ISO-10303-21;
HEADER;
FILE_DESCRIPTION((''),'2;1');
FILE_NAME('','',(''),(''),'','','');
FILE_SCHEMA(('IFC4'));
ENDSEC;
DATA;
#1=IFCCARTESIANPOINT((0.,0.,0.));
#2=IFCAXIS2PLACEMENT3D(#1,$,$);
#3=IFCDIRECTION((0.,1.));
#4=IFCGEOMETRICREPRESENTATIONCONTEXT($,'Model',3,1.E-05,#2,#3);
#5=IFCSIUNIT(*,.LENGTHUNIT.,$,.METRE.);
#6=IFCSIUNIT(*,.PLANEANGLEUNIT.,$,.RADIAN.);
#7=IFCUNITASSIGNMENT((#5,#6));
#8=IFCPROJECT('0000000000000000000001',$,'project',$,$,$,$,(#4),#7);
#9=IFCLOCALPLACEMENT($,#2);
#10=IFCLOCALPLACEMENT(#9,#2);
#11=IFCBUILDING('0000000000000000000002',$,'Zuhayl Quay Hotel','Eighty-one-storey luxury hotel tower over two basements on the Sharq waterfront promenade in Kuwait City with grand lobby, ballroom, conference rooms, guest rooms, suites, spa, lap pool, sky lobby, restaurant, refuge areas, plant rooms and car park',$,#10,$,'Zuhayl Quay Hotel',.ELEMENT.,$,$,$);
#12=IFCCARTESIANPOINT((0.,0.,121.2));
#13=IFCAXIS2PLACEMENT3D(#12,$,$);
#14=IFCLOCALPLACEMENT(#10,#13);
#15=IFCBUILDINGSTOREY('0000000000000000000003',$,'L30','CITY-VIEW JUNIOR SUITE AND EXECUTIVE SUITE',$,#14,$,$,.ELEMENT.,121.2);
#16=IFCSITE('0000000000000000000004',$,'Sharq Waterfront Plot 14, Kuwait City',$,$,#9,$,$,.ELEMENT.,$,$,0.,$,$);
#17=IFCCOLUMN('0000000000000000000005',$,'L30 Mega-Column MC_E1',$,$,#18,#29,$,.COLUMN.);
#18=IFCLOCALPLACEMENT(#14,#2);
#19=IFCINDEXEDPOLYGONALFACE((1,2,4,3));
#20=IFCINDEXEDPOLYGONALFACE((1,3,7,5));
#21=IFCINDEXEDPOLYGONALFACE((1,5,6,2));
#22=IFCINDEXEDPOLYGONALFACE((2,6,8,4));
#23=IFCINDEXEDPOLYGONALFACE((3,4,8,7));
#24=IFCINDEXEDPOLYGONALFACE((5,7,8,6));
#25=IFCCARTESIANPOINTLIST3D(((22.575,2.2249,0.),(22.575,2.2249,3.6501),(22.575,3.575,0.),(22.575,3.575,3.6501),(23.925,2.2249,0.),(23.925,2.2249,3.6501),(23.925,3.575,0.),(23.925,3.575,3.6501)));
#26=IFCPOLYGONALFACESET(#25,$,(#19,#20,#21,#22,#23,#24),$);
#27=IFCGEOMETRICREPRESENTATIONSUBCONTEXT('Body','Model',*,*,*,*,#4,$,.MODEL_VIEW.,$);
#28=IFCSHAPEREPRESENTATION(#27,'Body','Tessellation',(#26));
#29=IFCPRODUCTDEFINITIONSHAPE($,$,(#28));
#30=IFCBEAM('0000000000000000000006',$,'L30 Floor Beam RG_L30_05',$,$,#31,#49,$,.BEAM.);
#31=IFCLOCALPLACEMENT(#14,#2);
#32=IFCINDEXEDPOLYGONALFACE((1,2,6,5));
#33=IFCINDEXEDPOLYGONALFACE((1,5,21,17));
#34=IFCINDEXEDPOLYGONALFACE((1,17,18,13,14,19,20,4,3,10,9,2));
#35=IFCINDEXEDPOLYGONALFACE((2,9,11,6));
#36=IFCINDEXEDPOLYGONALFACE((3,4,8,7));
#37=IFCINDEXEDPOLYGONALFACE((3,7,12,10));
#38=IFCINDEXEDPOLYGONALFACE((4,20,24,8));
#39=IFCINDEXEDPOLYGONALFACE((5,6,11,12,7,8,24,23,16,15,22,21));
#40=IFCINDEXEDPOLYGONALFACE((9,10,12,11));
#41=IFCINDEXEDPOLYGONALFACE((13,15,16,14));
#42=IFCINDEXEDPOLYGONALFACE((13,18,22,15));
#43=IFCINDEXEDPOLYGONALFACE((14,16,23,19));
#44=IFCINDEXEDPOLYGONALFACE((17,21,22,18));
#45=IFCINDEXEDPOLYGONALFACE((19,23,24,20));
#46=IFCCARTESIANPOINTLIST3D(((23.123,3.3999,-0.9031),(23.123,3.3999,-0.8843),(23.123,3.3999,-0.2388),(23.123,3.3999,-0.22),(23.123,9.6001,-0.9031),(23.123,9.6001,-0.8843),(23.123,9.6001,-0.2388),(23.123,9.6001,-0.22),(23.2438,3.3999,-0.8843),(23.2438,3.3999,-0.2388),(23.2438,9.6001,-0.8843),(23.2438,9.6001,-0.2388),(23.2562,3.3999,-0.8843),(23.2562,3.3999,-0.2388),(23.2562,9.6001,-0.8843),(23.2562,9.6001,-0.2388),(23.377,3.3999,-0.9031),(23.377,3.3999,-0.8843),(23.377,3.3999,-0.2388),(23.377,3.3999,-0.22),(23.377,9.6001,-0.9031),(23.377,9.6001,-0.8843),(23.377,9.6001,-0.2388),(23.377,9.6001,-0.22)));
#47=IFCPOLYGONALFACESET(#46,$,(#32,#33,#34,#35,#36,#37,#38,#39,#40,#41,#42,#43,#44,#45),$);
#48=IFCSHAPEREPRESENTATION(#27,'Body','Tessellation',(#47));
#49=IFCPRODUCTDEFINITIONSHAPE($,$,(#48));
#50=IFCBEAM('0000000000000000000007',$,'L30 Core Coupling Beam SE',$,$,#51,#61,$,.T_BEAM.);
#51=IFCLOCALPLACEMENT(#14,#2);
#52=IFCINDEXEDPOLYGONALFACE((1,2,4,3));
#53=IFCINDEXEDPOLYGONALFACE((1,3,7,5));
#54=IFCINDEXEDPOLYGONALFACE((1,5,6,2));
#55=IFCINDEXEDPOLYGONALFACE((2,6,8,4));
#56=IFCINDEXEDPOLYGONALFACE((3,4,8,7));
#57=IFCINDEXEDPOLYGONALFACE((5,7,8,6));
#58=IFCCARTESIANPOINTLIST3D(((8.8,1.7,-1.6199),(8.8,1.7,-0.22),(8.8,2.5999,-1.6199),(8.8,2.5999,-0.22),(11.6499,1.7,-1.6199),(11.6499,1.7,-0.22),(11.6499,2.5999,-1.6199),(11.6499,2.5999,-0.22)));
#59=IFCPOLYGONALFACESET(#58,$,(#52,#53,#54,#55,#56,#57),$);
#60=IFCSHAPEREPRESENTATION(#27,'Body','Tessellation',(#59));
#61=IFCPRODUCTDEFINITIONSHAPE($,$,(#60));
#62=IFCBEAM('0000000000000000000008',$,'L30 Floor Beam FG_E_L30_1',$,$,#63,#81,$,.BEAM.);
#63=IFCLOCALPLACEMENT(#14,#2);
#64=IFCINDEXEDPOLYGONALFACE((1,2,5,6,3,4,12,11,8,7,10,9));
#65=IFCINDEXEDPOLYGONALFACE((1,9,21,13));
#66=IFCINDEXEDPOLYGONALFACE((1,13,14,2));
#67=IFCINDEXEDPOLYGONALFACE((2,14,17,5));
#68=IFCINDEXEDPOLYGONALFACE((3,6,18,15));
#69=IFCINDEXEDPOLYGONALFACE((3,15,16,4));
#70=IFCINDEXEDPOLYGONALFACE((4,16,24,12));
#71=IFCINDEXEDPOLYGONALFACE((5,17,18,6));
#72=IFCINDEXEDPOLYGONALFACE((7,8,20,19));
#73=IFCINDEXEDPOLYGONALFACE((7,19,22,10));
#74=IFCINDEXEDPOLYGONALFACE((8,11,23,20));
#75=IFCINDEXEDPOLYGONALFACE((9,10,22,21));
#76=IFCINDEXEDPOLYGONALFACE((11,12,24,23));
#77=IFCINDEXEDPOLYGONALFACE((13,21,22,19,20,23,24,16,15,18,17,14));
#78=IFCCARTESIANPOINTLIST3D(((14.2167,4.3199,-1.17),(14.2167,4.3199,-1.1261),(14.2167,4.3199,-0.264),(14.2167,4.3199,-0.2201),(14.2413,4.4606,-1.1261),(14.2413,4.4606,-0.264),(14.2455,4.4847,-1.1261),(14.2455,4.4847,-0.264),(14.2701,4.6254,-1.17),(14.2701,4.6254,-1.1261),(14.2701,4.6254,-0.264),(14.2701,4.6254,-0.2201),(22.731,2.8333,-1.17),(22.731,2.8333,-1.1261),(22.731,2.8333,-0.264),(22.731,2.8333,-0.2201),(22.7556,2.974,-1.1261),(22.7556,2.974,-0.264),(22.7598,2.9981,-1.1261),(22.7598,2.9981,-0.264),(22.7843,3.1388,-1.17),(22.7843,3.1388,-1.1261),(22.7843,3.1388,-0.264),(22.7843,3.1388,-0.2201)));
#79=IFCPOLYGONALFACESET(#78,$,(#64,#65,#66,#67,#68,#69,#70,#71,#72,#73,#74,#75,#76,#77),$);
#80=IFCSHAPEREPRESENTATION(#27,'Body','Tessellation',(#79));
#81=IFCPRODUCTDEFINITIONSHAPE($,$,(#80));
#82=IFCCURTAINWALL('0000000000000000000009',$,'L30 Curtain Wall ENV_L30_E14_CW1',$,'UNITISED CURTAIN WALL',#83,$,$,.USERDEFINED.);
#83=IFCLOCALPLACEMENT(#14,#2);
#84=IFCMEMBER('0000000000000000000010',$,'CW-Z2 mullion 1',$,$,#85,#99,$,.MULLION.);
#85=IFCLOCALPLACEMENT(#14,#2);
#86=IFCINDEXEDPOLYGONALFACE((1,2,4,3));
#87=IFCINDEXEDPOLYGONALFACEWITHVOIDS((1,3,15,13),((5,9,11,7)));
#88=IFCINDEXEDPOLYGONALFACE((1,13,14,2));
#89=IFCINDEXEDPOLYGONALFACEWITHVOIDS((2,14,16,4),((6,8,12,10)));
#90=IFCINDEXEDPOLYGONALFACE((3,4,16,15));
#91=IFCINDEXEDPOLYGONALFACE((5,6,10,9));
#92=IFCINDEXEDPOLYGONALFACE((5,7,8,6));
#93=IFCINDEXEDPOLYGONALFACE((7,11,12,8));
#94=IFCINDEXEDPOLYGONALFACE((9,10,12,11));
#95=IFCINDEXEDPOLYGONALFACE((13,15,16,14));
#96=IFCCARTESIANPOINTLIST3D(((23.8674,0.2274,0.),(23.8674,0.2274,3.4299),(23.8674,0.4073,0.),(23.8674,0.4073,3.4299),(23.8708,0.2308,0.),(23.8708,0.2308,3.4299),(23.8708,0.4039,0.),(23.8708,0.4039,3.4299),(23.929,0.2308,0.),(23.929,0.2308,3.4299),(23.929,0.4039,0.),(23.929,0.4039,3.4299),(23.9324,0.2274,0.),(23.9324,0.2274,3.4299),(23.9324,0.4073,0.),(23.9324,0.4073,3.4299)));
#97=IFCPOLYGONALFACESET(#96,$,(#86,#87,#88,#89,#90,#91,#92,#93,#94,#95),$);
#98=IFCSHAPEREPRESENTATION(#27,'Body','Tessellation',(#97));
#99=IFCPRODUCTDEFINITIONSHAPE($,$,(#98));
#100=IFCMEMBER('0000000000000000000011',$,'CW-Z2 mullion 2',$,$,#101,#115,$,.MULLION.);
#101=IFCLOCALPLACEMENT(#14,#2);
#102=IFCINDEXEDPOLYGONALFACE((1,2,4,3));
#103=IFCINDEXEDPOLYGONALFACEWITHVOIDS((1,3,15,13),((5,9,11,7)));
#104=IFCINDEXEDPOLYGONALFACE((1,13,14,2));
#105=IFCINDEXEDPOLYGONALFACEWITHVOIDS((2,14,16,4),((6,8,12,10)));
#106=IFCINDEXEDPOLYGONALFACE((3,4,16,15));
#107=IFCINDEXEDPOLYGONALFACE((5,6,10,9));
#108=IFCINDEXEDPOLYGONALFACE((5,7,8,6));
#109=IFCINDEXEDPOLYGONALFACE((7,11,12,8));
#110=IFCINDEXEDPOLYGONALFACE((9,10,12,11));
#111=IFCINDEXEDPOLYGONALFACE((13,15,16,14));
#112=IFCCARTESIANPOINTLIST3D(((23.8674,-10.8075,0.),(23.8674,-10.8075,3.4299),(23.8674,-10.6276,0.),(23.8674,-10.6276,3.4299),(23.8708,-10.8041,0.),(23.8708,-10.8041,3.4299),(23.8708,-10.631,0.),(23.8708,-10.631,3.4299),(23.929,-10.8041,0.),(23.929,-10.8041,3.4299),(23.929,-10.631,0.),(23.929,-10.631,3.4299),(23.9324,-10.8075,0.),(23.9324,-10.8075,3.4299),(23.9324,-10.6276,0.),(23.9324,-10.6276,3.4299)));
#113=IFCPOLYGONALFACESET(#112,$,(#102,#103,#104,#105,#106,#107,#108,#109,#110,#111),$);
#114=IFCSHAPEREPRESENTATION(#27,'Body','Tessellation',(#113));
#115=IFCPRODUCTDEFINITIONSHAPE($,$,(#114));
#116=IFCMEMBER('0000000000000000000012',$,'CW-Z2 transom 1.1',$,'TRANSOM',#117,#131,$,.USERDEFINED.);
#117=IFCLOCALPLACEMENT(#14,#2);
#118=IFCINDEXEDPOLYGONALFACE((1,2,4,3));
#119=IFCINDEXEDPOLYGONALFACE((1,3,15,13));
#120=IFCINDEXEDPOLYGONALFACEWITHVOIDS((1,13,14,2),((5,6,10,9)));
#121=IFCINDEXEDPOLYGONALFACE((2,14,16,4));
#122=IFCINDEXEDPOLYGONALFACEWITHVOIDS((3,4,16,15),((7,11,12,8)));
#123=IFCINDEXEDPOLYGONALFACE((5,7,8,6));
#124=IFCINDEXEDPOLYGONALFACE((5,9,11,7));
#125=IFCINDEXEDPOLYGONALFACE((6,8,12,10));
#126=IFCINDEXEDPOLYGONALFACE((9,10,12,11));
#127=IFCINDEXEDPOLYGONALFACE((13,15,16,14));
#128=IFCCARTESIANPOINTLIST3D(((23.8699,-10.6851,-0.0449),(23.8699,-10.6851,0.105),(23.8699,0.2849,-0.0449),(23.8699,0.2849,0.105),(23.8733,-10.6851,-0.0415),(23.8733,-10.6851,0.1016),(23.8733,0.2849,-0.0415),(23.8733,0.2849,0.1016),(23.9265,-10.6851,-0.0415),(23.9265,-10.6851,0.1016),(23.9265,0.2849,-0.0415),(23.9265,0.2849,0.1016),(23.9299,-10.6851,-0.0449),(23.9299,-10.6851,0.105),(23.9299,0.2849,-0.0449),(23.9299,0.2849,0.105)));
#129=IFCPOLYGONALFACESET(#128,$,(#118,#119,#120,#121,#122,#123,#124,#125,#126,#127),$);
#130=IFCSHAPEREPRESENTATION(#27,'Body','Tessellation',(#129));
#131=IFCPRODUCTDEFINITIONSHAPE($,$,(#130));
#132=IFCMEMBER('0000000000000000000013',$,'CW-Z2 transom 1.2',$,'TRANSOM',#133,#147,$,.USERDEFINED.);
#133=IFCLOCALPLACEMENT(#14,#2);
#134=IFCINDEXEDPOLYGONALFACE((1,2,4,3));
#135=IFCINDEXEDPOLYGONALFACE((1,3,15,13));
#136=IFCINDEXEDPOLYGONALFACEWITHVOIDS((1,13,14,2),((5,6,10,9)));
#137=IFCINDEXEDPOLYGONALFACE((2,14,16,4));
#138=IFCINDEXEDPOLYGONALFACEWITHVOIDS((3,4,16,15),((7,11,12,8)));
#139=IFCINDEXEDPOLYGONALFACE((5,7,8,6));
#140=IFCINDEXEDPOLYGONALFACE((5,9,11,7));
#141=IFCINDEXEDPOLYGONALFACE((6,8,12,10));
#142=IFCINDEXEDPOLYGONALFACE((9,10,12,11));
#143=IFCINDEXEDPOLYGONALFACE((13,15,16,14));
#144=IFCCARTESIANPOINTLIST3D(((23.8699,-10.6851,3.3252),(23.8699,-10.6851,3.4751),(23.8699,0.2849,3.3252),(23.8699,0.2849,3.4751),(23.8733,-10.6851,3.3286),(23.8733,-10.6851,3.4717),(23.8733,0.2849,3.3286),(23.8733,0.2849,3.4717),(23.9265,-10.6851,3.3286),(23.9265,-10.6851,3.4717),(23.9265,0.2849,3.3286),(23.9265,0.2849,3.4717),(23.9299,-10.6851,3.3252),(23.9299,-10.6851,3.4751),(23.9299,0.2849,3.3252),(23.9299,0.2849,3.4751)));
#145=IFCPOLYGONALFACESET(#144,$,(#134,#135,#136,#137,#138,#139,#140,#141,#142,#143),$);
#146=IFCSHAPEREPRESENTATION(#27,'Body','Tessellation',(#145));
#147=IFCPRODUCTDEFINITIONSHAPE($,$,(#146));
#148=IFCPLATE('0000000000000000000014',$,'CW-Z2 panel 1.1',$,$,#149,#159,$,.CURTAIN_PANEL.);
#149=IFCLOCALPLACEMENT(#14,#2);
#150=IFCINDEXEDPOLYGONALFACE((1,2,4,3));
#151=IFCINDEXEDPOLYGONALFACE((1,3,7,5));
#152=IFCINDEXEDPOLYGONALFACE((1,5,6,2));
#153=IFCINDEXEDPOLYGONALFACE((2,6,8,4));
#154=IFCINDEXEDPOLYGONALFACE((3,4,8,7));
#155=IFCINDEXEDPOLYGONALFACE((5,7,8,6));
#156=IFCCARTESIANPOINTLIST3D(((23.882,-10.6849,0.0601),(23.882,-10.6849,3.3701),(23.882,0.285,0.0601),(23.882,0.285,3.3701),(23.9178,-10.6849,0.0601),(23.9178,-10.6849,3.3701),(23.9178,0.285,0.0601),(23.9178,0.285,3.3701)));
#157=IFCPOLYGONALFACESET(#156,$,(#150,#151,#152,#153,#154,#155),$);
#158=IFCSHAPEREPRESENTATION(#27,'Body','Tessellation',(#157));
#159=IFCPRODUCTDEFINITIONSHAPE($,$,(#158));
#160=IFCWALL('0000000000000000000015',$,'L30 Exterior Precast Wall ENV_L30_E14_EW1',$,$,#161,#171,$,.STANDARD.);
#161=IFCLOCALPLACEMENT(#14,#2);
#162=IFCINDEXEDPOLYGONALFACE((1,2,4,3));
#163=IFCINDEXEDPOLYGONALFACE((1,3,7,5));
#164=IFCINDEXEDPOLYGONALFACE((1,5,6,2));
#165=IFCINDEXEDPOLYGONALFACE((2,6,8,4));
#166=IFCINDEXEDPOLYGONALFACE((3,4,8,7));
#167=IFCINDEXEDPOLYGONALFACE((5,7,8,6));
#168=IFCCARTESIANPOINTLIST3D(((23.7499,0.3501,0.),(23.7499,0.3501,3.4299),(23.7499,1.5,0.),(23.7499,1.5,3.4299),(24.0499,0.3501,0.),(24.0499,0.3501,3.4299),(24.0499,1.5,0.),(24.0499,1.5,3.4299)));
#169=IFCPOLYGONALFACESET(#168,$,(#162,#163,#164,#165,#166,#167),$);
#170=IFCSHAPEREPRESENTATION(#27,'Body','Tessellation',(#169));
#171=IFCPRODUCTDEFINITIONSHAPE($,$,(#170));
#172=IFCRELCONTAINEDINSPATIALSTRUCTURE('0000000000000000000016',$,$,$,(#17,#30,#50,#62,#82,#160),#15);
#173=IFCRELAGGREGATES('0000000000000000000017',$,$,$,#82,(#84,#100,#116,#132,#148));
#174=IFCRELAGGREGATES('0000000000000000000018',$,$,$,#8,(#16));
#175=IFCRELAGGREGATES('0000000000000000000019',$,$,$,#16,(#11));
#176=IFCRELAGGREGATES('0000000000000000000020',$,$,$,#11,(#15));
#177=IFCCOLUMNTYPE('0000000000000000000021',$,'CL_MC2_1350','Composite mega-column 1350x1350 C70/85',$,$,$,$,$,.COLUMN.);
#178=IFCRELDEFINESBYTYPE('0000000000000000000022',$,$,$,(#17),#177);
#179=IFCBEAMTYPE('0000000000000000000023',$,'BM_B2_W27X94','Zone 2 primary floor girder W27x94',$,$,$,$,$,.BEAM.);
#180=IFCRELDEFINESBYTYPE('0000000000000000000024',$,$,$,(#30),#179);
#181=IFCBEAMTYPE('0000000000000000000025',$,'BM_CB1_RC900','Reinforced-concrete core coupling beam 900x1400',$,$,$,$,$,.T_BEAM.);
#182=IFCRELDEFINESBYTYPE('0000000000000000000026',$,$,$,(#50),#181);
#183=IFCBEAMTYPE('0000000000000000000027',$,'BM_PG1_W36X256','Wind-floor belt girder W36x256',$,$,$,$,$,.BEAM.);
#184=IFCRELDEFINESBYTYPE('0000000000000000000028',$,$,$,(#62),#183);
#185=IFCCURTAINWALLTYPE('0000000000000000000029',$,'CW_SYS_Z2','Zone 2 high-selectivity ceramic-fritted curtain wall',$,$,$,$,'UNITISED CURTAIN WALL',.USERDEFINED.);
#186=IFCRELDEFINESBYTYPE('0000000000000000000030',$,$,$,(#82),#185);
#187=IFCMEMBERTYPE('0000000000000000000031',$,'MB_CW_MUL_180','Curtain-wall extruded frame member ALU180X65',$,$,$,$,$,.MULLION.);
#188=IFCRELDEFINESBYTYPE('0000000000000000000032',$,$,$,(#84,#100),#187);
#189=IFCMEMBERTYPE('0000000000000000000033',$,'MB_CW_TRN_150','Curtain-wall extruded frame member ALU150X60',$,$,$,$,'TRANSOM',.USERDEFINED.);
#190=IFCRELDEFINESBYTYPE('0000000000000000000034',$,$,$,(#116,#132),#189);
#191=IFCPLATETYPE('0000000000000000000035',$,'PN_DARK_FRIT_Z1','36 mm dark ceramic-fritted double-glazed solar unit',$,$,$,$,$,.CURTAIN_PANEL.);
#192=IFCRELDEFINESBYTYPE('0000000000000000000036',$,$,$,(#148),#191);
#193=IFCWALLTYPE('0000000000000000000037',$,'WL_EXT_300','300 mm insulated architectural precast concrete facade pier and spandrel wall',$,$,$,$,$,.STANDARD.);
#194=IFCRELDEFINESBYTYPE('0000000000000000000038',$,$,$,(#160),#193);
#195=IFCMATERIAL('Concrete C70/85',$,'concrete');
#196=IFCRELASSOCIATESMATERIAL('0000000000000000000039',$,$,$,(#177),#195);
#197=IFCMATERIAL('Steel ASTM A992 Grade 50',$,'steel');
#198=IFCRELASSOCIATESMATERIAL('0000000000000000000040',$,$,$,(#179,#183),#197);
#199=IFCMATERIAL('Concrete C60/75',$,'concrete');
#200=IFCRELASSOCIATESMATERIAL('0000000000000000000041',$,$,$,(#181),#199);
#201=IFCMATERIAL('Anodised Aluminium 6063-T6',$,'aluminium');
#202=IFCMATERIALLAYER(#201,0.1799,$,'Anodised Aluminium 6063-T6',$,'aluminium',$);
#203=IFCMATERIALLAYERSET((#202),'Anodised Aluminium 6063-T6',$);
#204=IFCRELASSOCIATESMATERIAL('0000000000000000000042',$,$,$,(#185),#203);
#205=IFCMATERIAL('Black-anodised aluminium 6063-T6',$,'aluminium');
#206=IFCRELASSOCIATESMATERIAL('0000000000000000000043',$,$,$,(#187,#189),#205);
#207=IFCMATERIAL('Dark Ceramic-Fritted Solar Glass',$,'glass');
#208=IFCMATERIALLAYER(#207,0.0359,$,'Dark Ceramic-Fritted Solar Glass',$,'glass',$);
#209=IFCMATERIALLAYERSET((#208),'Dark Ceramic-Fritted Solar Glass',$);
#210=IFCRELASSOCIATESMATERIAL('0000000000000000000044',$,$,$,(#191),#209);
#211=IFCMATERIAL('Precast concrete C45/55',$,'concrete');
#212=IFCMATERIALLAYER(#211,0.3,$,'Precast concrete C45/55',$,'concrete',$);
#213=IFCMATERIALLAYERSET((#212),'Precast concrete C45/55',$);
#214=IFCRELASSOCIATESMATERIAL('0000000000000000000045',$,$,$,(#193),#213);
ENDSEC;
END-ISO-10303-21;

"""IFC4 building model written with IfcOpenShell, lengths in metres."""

from ifc_helpers import new_model, si_unit, direction, frame, frame_2d, origin, origin_2d, place, context, subcontext, project, spatial, rectangle, hollow_rectangle, i_section, extrude, material, layer, layer_set, material_profile, profile_set, type_object, element, aggregate, save


model = new_model("IFC4")

# Units and contexts
model_context = context("Model", 3, precision=1e-05, world=origin(), true_north=direction((0.0, 1.0)))
body_context = subcontext(model_context, "Body", "Model", "MODEL_VIEW")
ifc_project = project(units=[si_unit("LENGTHUNIT", "METRE"), si_unit("PLANEANGLEUNIT", "RADIAN")], contexts=[model_context])

# Site, building, storey
site_placement = place(None, origin())
site = spatial("IfcSite", under=ifc_project, at=site_placement, Name="Sharq Waterfront Plot 14, Kuwait City", CompositionType="ELEMENT", RefElevation=0.0)
building_placement = place(site_placement, origin())
building = spatial("IfcBuilding", under=site, at=building_placement, Name="Zuhayl Quay Hotel", Description="Eighty-one-storey luxury hotel tower over two basements on the Sharq waterfront promenade in Kuwait City with grand lobby, ballroom, conference rooms, guest rooms, suites, spa, lap pool, sky lobby, restaurant, refuge areas, plant rooms and car park", LongName="Zuhayl Quay Hotel", CompositionType="ELEMENT")
storey_placement = place(building_placement, frame((0.0, 0.0, 121.2)))
storey = spatial("IfcBuildingStorey", under=building, at=storey_placement, Name="L30", Description="CITY-VIEW JUNIOR SUITE AND EXECUTIVE SUITE", CompositionType="ELEMENT", Elevation=121.2)

# Column
ifc_material_1 = material(Name="Concrete C70/85", Category="concrete")
ifc_material_profile_1 = material_profile(ifc_material_1, rectangle(XDim=1.3501, YDim=1.3501, at=origin_2d()), Name="RC1350X1350")
ifc_profile_set_1 = profile_set([ifc_material_profile_1], Name="Concrete C70/85")
column_type = type_object("IfcColumnType", Name="CL_MC2_1350", Description="Composite mega-column 1350x1350 C70/85", PredefinedType="COLUMN", material=ifc_profile_set_1)
column_placement = place(storey_placement, frame((23.25, 2.8999, 0.0), z_axis=(0.0, 0.0, 1.0), x_axis=(1.0, 0.0, 0.0)))
element("IfcColumn", 1, at=column_placement, inside=storey, type_object=column_type, Name="L30 Mega-Column MC_E1", PredefinedType="COLUMN", context=body_context, shape_type="SweptSolid", body=[
    extrude(rectangle(XDim=1.3501, YDim=1.3501, at=origin_2d()), origin(), (0.0, 0.0, 1.0), 3.6501),
])

# Beams
ifc_material_2 = material(Name="Steel ASTM A992 Grade 50", Category="steel")
ifc_material_profile_2 = material_profile(ifc_material_2, i_section(OverallWidth=0.2539, OverallDepth=0.6831, WebThickness=0.0125, FlangeThickness=0.0188, at=origin_2d()), Name="W27X94")
ifc_profile_set_2 = profile_set([ifc_material_profile_2], Name="Steel ASTM A992 Grade 50")
beam_type_1 = type_object("IfcBeamType", Name="BM_B2_W27X94", Description="Zone 2 primary floor girder W27x94", PredefinedType="BEAM", material=ifc_profile_set_2)
beam_1_placement = place(storey_placement, frame((23.25, 3.3999, -0.5615), z_axis=(0.0, 1.0, 0.0), x_axis=(-1.0, 0.0, 0.0)))
element("IfcBeam", 2, at=beam_1_placement, inside=storey, type_object=beam_type_1, Name="L30 Floor Beam RG_L30_05", PredefinedType="BEAM", context=body_context, shape_type="SweptSolid", body=[
    extrude(i_section(OverallWidth=0.2539, OverallDepth=0.6831, WebThickness=0.0125, FlangeThickness=0.0188, at=origin_2d()), origin(), (0.0, 0.0, 1.0), 6.2002),
])
ifc_material_3 = material(Name="Concrete C60/75", Category="concrete")
ifc_material_profile_3 = material_profile(ifc_material_3, rectangle(XDim=0.8999, YDim=1.3999, at=origin_2d()), Name="RC900X1400")
ifc_profile_set_3 = profile_set([ifc_material_profile_3], Name="Concrete C60/75")
beam_type_2 = type_object("IfcBeamType", Name="BM_CB1_RC900", Description="Reinforced-concrete core coupling beam 900x1400", PredefinedType="T_BEAM", material=ifc_profile_set_3)
beam_2_placement = place(storey_placement, frame((8.8, 2.1499, -0.9199), z_axis=(1.0, 0.0, 0.0), x_axis=(0.0, 1.0, 0.0)))
element("IfcBeam", 3, at=beam_2_placement, inside=storey, type_object=beam_type_2, Name="L30 Core Coupling Beam SE", PredefinedType="T_BEAM", context=body_context, shape_type="SweptSolid", body=[
    extrude(rectangle(XDim=0.8999, YDim=1.3999, at=origin_2d()), origin(), (0.0, 0.0, 1.0), 2.8499),
])
ifc_material_profile_4 = material_profile(ifc_material_2, i_section(OverallWidth=0.3101, OverallDepth=0.95, WebThickness=0.0244, FlangeThickness=0.0439, at=origin_2d()), Name="W36X256")
ifc_profile_set_4 = profile_set([ifc_material_profile_4], Name="Steel ASTM A992 Grade 50")
beam_type_3 = type_object("IfcBeamType", Name="BM_PG1_W36X256", Description="Wind-floor belt girder W36x256", PredefinedType="BEAM", material=ifc_profile_set_4)
beam_3_placement = place(storey_placement, frame((14.2434, 4.4727, -0.6951), z_axis=(0.985097, -0.171998, 0.0), x_axis=(0.171998, 0.985097, 0.0)))
element("IfcBeam", 4, at=beam_3_placement, inside=storey, type_object=beam_type_3, Name="L30 Floor Beam FG_E_L30_1", PredefinedType="BEAM", context=body_context, shape_type="SweptSolid", body=[
    extrude(i_section(OverallWidth=0.3101, OverallDepth=0.95, WebThickness=0.0244, FlangeThickness=0.0439, at=origin_2d()), origin(), (0.0, 0.0, 1.0), 8.6431),
])

# Curtain wall, members, plate
ifc_material_4 = material(Name="Anodised Aluminium 6063-T6", Category="aluminium")
ifc_layer_1 = layer(ifc_material_4, 0.1799, Name="Anodised Aluminium 6063-T6", Category="aluminium")
ifc_layer_set_1 = layer_set([ifc_layer_1], Name="Anodised Aluminium 6063-T6")
curtain_wall_type = type_object("IfcCurtainWallType", Name="CW_SYS_Z2", Description="Zone 2 high-selectivity ceramic-fritted curtain wall", ElementType="UNITISED CURTAIN WALL", PredefinedType="USERDEFINED", material=ifc_layer_set_1)
curtain_wall_placement = place(storey_placement, origin())
curtain_wall = element("IfcCurtainWall", 5, at=curtain_wall_placement, inside=storey, type_object=curtain_wall_type, Name="L30 Curtain Wall ENV_L30_E14_CW1", ObjectType="UNITISED CURTAIN WALL", PredefinedType="USERDEFINED")
ifc_material_5 = material(Name="Black-anodised aluminium 6063-T6", Category="aluminium")
ifc_material_profile_5 = material_profile(ifc_material_5, hollow_rectangle(XDim=0.0649, YDim=0.1799, WallThickness=0.0034, at=origin_2d()), Name="ALU180X65")
ifc_profile_set_5 = profile_set([ifc_material_profile_5], Name="Black-anodised aluminium 6063-T6")
member_type_1 = type_object("IfcMemberType", Name="MB_CW_MUL_180", Description="Curtain-wall extruded frame member ALU180X65", PredefinedType="MULLION", material=ifc_profile_set_5)
member_1_placement = place(storey_placement, frame((23.8999, 0.3174, 0.0), z_axis=(0.0, 0.0, 1.0), x_axis=(1.0, 0.0, 0.0)))
member_1 = element("IfcMember", 6, at=member_1_placement, type_object=member_type_1, Name="CW-Z2 mullion 1", PredefinedType="MULLION", context=body_context, shape_type="SweptSolid", body=[
    extrude(hollow_rectangle(XDim=0.0649, YDim=0.1799, WallThickness=0.0034, at=origin_2d()), origin(), (0.0, 0.0, 1.0), 3.4299),
])
member_2_placement = place(storey_placement, frame((23.8999, -10.7175, 0.0), z_axis=(0.0, 0.0, 1.0), x_axis=(1.0, 0.0, 0.0)))
member_2 = element("IfcMember", 7, at=member_2_placement, type_object=member_type_1, Name="CW-Z2 mullion 2", PredefinedType="MULLION", context=body_context, shape_type="SweptSolid", body=[
    extrude(hollow_rectangle(XDim=0.0649, YDim=0.1799, WallThickness=0.0034, at=origin_2d()), origin(), (0.0, 0.0, 1.0), 3.4299),
])
ifc_material_profile_6 = material_profile(ifc_material_5, hollow_rectangle(XDim=0.0601, YDim=0.1499, WallThickness=0.0034, at=origin_2d()), Name="ALU150X60")
ifc_profile_set_6 = profile_set([ifc_material_profile_6], Name="Black-anodised aluminium 6063-T6")
member_type_2 = type_object("IfcMemberType", Name="MB_CW_TRN_150", Description="Curtain-wall extruded frame member ALU150X60", ElementType="TRANSOM", PredefinedType="USERDEFINED", material=ifc_profile_set_6)
member_3_placement = place(storey_placement, frame((23.8999, 0.2849, 0.03), z_axis=(0.0, -1.0, 0.0), x_axis=(1.0, 0.0, 0.0)))
member_3 = element("IfcMember", 8, at=member_3_placement, type_object=member_type_2, Name="CW-Z2 transom 1.1", ObjectType="TRANSOM", PredefinedType="USERDEFINED", context=body_context, shape_type="SweptSolid", body=[
    extrude(hollow_rectangle(XDim=0.0601, YDim=0.1499, WallThickness=0.0034, at=origin_2d()), origin(), (0.0, 0.0, 1.0), 10.97),
])
member_4_placement = place(storey_placement, frame((23.8999, 0.2849, 3.4001), z_axis=(0.0, -1.0, 0.0), x_axis=(1.0, 0.0, 0.0)))
member_4 = element("IfcMember", 9, at=member_4_placement, type_object=member_type_2, Name="CW-Z2 transom 1.2", ObjectType="TRANSOM", PredefinedType="USERDEFINED", context=body_context, shape_type="SweptSolid", body=[
    extrude(hollow_rectangle(XDim=0.0601, YDim=0.1499, WallThickness=0.0034, at=origin_2d()), origin(), (0.0, 0.0, 1.0), 10.97),
])
ifc_material_6 = material(Name="Dark Ceramic-Fritted Solar Glass", Category="glass")
ifc_layer_2 = layer(ifc_material_6, 0.0359, Name="Dark Ceramic-Fritted Solar Glass", Category="glass")
ifc_layer_set_2 = layer_set([ifc_layer_2], Name="Dark Ceramic-Fritted Solar Glass")
plate_type = type_object("IfcPlateType", Name="PN_DARK_FRIT_Z1", Description="36 mm dark ceramic-fritted double-glazed solar unit", PredefinedType="CURTAIN_PANEL", material=ifc_layer_set_2)
plate_placement = place(storey_placement, frame((23.8999, -5.2, 0.0601), z_axis=(0.0, 0.0, 1.0), x_axis=(0.0, -1.0, 0.0)))
plate = element("IfcPlate", 10, at=plate_placement, type_object=plate_type, Name="CW-Z2 panel 1.1", PredefinedType="CURTAIN_PANEL", context=body_context, shape_type="SweptSolid", body=[
    extrude(rectangle(XDim=10.97, YDim=0.0359, at=origin_2d()), origin(), (0.0, 0.0, 1.0), 3.3101),
])
aggregate(curtain_wall, [member_1, member_2, member_3, member_4, plate])

# Wall
ifc_material_7 = material(Name="Precast concrete C45/55", Category="concrete")
ifc_layer_3 = layer(ifc_material_7, 0.3, Name="Precast concrete C45/55", Category="concrete")
ifc_layer_set_3 = layer_set([ifc_layer_3], Name="Precast concrete C45/55")
wall_type_1 = type_object("IfcWallType", Name="WL_EXT_300", Description="300 mm insulated architectural precast concrete facade pier and spandrel wall", PredefinedType="STANDARD", material=ifc_layer_set_3)
for number, where, z_axis, x_axis, name in (
    (11, (23.8999, 1.5, 0.0), (0.0, 0.0, 1.0), (0.0, -1.0, 0.0), "L30 Exterior Precast Wall ENV_L30_E14_EW1"),
):
    element("IfcWall", number, at=place(storey_placement, frame(where, z_axis=z_axis, x_axis=x_axis)), inside=storey, type_object=wall_type_1, Name=name, PredefinedType="STANDARD", context=body_context, shape_type="SweptSolid", body=[
        extrude(rectangle(XDim=1.1499, YDim=0.3, at=frame_2d((0.575, 0.0))), origin(), (0.0, 0.0, 1.0), 3.4299),
    ])

save(model, "model.ifc")
